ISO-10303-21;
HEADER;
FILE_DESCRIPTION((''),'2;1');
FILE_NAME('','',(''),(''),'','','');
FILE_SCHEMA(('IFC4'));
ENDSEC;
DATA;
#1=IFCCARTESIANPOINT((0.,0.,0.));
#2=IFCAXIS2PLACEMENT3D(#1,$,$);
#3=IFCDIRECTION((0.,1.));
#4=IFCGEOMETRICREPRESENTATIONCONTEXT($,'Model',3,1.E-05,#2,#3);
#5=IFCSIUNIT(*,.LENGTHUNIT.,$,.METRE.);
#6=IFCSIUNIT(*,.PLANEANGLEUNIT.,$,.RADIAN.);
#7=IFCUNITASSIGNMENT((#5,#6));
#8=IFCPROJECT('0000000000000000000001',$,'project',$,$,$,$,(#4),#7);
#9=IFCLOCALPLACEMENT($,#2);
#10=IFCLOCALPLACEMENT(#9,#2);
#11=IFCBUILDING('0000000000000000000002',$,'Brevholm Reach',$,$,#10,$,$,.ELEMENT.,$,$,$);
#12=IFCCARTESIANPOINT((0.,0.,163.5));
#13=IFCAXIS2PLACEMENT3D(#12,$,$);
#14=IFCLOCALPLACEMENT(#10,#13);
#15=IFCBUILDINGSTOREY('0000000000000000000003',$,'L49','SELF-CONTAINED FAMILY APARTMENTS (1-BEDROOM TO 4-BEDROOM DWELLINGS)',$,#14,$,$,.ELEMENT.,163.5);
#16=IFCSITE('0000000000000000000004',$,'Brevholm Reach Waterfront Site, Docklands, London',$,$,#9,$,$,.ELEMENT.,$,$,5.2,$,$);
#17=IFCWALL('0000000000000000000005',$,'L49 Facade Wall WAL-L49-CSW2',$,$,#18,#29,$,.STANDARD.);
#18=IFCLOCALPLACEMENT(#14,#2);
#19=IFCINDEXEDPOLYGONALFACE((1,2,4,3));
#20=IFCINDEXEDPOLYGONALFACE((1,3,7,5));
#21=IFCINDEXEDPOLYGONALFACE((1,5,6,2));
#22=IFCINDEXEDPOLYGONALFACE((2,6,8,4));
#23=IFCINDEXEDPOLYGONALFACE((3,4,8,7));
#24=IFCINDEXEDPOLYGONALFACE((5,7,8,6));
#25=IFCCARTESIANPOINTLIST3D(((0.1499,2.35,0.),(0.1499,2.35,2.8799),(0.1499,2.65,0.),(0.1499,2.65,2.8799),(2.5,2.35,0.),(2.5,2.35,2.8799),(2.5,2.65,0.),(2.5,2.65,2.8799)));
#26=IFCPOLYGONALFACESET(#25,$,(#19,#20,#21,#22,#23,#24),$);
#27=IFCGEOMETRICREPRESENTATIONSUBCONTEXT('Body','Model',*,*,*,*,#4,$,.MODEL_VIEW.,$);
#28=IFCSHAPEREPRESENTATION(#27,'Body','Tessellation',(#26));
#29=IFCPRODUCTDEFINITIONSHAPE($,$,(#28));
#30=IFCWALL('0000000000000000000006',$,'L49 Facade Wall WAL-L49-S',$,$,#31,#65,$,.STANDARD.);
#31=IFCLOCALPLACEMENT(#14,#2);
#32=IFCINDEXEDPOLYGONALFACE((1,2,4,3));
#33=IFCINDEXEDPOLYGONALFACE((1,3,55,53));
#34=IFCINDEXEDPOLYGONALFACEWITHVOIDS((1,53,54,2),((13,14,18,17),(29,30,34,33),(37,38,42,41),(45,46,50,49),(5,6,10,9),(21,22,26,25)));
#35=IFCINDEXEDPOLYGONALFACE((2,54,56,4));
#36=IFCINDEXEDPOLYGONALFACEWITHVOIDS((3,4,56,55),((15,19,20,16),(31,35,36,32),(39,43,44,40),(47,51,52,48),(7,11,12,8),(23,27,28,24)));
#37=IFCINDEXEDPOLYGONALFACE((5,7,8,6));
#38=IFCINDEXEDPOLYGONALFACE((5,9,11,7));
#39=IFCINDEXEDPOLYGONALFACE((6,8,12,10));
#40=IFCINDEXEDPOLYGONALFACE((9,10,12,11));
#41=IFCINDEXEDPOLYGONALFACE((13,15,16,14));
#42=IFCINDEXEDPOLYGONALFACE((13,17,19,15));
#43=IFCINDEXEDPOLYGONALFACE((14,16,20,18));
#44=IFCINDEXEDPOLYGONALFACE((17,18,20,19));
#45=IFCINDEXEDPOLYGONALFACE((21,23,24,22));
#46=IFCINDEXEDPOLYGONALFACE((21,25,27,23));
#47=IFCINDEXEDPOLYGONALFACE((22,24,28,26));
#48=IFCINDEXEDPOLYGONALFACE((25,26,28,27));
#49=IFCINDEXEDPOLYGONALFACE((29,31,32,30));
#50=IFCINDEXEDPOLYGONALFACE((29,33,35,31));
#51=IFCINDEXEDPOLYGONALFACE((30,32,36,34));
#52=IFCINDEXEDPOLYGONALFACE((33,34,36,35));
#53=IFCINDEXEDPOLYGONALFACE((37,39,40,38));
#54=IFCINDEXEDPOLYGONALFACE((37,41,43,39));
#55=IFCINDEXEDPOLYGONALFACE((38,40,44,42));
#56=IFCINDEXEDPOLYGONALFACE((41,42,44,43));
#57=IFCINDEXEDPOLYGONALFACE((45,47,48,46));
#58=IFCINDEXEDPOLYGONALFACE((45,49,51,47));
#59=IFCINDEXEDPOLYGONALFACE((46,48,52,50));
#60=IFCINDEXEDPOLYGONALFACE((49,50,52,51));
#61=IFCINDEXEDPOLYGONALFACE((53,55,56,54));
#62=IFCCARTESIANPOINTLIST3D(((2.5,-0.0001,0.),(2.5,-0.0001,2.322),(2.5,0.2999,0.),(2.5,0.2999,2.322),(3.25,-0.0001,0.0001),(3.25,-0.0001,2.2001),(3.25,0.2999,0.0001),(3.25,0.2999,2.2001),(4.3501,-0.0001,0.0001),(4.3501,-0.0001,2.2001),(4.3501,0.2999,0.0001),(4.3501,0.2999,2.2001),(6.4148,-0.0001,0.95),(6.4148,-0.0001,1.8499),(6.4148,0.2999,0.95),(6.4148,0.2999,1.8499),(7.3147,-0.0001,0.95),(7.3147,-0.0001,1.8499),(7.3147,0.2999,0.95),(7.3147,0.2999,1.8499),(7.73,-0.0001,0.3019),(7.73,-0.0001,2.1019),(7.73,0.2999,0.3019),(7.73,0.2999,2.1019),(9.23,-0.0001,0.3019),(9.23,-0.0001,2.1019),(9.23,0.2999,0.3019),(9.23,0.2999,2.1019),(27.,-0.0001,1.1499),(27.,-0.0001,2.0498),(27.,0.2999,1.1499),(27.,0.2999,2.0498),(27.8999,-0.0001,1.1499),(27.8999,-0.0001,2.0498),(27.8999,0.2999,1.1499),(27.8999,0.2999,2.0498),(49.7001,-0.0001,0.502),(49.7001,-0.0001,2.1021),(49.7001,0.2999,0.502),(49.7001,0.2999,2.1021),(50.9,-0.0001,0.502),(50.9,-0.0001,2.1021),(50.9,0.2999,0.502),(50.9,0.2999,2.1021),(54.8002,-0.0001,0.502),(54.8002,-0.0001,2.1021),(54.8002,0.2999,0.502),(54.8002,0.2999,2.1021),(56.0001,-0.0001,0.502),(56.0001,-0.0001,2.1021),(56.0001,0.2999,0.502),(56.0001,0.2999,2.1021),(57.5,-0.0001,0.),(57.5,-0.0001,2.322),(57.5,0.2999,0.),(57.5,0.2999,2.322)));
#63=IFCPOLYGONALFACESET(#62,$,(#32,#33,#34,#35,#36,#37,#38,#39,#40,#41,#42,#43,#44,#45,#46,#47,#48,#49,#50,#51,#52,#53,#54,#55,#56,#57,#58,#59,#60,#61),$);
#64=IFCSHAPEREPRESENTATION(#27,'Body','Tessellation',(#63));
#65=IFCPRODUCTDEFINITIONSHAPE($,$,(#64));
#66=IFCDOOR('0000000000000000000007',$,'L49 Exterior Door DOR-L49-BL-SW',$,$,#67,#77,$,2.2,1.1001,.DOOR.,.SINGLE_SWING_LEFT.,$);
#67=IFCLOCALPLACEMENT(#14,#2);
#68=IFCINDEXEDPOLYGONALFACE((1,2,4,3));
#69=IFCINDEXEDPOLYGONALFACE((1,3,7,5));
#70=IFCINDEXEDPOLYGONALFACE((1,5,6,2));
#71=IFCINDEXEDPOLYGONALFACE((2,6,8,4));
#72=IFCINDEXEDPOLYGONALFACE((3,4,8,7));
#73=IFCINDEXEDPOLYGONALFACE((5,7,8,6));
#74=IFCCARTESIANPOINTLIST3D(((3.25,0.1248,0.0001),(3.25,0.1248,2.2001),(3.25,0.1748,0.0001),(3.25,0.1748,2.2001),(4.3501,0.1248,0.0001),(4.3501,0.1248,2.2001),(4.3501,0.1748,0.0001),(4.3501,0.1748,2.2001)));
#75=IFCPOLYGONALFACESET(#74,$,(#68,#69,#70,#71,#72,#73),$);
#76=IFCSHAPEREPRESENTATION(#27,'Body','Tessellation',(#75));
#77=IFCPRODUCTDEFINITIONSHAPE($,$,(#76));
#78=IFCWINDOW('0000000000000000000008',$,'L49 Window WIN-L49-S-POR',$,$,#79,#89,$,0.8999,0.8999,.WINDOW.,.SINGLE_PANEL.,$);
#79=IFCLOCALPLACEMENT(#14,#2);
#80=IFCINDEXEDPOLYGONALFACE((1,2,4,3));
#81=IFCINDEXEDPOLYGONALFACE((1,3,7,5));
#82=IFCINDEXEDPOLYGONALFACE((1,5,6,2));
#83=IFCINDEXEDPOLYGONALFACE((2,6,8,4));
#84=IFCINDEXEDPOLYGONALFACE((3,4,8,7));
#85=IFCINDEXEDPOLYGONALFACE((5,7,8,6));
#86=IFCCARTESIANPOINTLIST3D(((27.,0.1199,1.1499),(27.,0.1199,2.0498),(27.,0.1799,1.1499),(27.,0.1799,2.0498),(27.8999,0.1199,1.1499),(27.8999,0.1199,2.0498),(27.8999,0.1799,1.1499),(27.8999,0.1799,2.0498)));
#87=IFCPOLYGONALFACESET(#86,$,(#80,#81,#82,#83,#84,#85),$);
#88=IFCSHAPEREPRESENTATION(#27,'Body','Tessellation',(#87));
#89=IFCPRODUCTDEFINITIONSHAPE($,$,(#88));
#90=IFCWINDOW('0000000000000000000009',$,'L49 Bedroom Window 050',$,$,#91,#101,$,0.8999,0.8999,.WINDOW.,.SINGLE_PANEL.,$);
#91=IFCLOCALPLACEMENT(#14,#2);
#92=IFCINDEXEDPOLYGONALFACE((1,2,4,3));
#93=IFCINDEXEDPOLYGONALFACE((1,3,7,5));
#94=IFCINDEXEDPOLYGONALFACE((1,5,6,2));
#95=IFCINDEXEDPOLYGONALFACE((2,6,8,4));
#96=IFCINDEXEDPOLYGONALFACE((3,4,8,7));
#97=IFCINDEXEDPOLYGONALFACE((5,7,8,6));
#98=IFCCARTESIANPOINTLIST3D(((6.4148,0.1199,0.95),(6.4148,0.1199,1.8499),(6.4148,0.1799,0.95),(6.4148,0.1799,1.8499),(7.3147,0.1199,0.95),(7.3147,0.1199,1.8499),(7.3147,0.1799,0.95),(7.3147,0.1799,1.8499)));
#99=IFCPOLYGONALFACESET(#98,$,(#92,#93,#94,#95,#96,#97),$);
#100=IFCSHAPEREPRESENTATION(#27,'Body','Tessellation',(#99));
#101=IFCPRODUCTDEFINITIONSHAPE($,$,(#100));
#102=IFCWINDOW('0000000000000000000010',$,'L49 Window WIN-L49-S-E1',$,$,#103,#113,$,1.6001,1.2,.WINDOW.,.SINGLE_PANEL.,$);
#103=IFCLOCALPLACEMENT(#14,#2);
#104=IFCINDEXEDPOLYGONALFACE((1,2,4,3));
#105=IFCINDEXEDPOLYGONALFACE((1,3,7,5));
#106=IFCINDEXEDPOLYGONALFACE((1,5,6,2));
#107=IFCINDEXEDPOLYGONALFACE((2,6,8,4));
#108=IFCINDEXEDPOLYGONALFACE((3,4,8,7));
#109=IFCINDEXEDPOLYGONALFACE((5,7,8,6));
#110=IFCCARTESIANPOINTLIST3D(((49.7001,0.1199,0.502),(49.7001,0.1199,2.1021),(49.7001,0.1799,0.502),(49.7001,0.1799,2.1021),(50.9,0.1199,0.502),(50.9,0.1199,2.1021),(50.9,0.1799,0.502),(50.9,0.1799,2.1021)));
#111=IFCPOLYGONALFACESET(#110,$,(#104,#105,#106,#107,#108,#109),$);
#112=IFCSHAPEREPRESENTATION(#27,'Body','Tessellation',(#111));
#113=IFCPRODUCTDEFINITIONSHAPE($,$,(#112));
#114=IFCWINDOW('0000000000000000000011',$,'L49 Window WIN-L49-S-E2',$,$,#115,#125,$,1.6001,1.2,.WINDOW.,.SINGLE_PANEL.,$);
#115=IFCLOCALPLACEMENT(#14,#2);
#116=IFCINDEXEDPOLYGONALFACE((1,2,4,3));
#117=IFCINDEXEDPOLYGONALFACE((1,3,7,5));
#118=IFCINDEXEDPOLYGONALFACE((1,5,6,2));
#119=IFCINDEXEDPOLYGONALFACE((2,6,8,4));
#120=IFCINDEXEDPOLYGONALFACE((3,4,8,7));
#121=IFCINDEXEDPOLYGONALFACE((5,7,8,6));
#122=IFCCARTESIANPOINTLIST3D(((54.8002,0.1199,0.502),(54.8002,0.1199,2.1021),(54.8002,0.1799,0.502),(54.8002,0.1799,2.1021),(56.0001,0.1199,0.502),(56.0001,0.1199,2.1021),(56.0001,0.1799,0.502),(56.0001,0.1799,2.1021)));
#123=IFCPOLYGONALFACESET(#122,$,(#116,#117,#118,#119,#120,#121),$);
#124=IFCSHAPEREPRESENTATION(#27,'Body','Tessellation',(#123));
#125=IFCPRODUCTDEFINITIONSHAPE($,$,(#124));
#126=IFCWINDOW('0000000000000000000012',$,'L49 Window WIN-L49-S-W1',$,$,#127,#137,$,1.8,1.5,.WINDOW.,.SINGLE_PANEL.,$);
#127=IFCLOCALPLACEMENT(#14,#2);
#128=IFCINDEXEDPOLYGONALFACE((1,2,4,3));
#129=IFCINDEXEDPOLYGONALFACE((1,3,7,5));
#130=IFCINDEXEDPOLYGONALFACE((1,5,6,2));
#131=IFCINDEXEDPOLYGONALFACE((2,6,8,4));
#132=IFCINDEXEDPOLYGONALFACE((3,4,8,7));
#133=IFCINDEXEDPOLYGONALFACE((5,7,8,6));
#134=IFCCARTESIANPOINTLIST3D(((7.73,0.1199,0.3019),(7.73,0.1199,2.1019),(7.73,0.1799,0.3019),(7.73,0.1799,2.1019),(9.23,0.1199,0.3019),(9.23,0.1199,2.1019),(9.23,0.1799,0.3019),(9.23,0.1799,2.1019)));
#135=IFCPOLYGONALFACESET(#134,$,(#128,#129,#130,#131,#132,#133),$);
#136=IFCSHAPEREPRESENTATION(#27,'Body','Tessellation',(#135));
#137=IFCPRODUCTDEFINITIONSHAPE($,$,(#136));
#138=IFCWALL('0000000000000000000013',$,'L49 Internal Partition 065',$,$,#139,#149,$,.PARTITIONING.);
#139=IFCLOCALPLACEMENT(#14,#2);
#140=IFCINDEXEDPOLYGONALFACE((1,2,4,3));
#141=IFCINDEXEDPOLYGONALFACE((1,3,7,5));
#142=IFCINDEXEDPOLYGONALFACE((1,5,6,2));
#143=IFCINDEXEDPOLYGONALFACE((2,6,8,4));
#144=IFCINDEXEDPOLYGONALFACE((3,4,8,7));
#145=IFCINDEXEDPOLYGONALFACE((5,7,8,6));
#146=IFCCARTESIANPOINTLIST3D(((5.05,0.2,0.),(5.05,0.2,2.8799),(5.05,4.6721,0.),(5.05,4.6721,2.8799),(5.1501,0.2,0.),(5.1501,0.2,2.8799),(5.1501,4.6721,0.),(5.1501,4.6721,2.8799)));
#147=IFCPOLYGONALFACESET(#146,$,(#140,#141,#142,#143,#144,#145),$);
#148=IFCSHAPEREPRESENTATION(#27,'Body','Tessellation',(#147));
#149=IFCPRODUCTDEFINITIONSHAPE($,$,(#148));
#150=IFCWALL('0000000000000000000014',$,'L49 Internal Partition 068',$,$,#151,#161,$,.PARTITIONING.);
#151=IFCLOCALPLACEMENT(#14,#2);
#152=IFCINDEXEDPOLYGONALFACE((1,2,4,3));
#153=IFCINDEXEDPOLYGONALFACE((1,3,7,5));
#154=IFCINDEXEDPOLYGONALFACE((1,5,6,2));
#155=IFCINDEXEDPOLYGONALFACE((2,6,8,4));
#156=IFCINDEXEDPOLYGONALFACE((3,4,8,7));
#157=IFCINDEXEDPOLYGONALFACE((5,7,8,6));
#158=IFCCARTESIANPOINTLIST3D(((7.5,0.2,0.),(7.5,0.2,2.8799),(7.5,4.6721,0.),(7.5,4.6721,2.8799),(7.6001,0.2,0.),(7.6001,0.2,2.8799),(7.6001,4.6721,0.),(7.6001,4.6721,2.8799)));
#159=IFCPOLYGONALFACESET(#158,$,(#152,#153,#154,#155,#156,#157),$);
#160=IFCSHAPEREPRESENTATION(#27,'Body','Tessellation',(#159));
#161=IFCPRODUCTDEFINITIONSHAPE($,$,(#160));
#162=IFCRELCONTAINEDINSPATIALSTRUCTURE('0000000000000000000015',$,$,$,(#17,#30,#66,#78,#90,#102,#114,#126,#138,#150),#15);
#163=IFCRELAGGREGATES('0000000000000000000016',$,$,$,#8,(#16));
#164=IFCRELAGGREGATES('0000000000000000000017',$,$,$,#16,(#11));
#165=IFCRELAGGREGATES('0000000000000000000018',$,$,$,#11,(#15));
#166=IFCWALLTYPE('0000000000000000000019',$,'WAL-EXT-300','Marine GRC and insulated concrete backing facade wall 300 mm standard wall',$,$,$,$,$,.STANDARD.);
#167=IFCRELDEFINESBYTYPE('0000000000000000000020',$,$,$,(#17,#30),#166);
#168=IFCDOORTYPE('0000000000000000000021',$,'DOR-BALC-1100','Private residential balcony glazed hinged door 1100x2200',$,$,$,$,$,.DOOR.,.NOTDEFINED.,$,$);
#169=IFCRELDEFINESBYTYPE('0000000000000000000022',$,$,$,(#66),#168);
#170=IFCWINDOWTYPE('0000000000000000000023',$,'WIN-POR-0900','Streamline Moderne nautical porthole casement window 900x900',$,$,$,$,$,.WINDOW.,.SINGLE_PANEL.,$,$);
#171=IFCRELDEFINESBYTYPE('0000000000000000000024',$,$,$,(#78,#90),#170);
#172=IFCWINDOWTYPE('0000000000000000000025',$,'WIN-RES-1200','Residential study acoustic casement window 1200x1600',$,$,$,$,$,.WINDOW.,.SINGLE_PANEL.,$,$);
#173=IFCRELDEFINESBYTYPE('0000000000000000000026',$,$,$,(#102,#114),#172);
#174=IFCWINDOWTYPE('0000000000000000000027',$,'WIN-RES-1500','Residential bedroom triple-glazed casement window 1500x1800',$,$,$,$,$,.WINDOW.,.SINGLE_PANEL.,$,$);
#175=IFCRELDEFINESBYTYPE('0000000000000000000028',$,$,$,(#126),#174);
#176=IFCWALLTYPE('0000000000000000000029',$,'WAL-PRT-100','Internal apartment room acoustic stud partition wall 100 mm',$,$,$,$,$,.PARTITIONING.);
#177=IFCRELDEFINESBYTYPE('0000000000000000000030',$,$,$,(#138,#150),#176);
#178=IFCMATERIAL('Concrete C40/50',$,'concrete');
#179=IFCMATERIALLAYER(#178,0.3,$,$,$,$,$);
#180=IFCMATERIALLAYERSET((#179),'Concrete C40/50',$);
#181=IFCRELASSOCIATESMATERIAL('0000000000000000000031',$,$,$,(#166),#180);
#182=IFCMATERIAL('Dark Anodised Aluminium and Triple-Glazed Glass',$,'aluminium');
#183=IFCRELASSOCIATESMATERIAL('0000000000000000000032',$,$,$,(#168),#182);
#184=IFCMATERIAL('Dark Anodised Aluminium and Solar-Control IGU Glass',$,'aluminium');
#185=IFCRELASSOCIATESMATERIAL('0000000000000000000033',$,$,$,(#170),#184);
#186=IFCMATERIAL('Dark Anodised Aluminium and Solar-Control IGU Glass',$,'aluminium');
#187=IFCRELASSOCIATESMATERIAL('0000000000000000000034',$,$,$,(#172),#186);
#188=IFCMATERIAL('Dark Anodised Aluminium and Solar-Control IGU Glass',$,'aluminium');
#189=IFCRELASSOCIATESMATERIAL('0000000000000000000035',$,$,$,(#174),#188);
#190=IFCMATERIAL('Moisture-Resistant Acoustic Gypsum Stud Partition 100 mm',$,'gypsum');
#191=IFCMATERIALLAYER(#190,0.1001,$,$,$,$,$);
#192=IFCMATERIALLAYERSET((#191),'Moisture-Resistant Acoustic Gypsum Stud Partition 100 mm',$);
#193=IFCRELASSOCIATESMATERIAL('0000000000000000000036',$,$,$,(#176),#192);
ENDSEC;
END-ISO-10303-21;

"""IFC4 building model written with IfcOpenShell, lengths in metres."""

from ifc_helpers import new_model, si_unit, direction, frame, frame_2d, origin, place, context, subcontext, project, spatial, rectangle, extrude, material, layer, layer_set, type_object, element, fill, save


model = new_model("IFC4")

# Units and contexts
model_context = context("Model", 3, precision=1e-05, world=origin(), true_north=direction((0.0, 1.0)))
body_context = subcontext(model_context, "Body", "Model", "MODEL_VIEW")
ifc_project = project(units=[si_unit("LENGTHUNIT", "METRE"), si_unit("PLANEANGLEUNIT", "RADIAN")], contexts=[model_context])

# Site, building, storey
site_placement = place(None, origin())
site = spatial("IfcSite", under=ifc_project, at=site_placement, Name="Brevholm Reach Waterfront Site, Docklands, London", CompositionType="ELEMENT", RefElevation=5.2)
building_placement = place(site_placement, origin())
building = spatial("IfcBuilding", under=site, at=building_placement, Name="Brevholm Reach", CompositionType="ELEMENT")
storey_placement = place(building_placement, frame((0.0, 0.0, 163.5)))
storey = spatial("IfcBuildingStorey", under=building, at=storey_placement, Name="L49", Description="SELF-CONTAINED FAMILY APARTMENTS (1-BEDROOM TO 4-BEDROOM DWELLINGS)", CompositionType="ELEMENT", Elevation=163.5)

# Wall
ifc_material_1 = material(Name="Concrete C40/50", Category="concrete")
ifc_layer_1 = layer(ifc_material_1, 0.3)
ifc_layer_set_1 = layer_set([ifc_layer_1], Name="Concrete C40/50")
wall_type_1 = type_object("IfcWallType", Name="WAL-EXT-300", Description="Marine GRC and insulated concrete backing facade wall 300 mm standard wall", PredefinedType="STANDARD", material=ifc_layer_set_1)
wall_1_placement = place(storey_placement, frame((0.1499, 2.5, 0.0), z_axis=(0.0, 0.0, 1.0), x_axis=(1.0, 0.0, 0.0)))
element("IfcWall", 1, at=wall_1_placement, inside=storey, type_object=wall_type_1, Name="L49 Facade Wall WAL-L49-CSW2", PredefinedType="STANDARD", context=body_context, shape_type="SweptSolid", body=[
    extrude(rectangle(XDim=2.3501, YDim=0.3, at=frame_2d((1.175, 0.0))), origin(), (0.0, 0.0, 1.0), 2.8799),
])

# Wall, openings, door, windows
wall_2_placement = place(storey_placement, frame((2.5, 0.1499, 0.0), z_axis=(0.0, 0.0, 1.0), x_axis=(1.0, 0.0, 0.0)))
wall_2 = element("IfcWall", 2, at=wall_2_placement, inside=storey, type_object=wall_type_1, Name="L49 Facade Wall WAL-L49-S", PredefinedType="STANDARD", context=body_context, shape_type="SweptSolid", body=[
    extrude(rectangle(XDim=55.0, YDim=0.3, at=frame_2d((27.5, 0.0))), origin(), (0.0, 0.0, 1.0), 2.322),
])
opening_1_placement = place(wall_2_placement, frame((0.75, 0.0, 0.0)))
opening_1 = element("IfcOpeningElement", 3, at=opening_1_placement, cuts=wall_2, PredefinedType="OPENING", context=body_context, shape_type="SweptSolid", body=[
    extrude(rectangle(XDim=1.1001, YDim=2.2, at=frame_2d((0.55, 1.1001))), frame((0.0, 0.1599, 0.0), z_axis=(0.0, -1.0, 0.0), x_axis=(1.0, 0.0, 0.0)), (0.0, 0.0, 1.0), 0.3201),
])
opening_2_placement = place(wall_2_placement, frame((5.23, 0.0, 0.302)))
opening_2 = element("IfcOpeningElement", 4, at=opening_2_placement, cuts=wall_2, PredefinedType="OPENING", context=body_context, shape_type="SweptSolid", body=[
    extrude(rectangle(XDim=1.5, YDim=1.8, at=frame_2d((0.75, 0.8999))), frame((0.0, 0.1599, 0.0), z_axis=(0.0, -1.0, 0.0), x_axis=(1.0, 0.0, 0.0)), (0.0, 0.0, 1.0), 0.3201),
])
opening_3_placement = place(wall_2_placement, frame((24.5, 0.0, 1.1499)))
opening_3 = element("IfcOpeningElement", 5, at=opening_3_placement, cuts=wall_2, PredefinedType="OPENING", context=body_context, shape_type="SweptSolid", body=[
    extrude(rectangle(XDim=0.8999, YDim=0.8999, at=frame_2d((0.45, 0.45))), frame((0.0, 0.1599, 0.0), z_axis=(0.0, -1.0, 0.0), x_axis=(1.0, 0.0, 0.0)), (0.0, 0.0, 1.0), 0.3201),
])
opening_4_placement = place(wall_2_placement, frame((47.2, 0.0, 0.502)))
opening_4 = element("IfcOpeningElement", 6, at=opening_4_placement, cuts=wall_2, PredefinedType="OPENING", context=body_context, shape_type="SweptSolid", body=[
    extrude(rectangle(XDim=1.2, YDim=1.6001, at=frame_2d((0.6001, 0.8))), frame((0.0, 0.1599, 0.0), z_axis=(0.0, -1.0, 0.0), x_axis=(1.0, 0.0, 0.0)), (0.0, 0.0, 1.0), 0.3201),
])
opening_5_placement = place(wall_2_placement, frame((52.3, 0.0, 0.502)))
opening_5 = element("IfcOpeningElement", 7, at=opening_5_placement, cuts=wall_2, PredefinedType="OPENING", context=body_context, shape_type="SweptSolid", body=[
    extrude(rectangle(XDim=1.2, YDim=1.6001, at=frame_2d((0.6001, 0.8))), frame((0.0, 0.1599, 0.0), z_axis=(0.0, -1.0, 0.0), x_axis=(1.0, 0.0, 0.0)), (0.0, 0.0, 1.0), 0.3201),
])
opening_6_placement = place(wall_2_placement, frame((3.9148, 0.0, 0.95)))
opening_6 = element("IfcOpeningElement", 8, at=opening_6_placement, cuts=wall_2, PredefinedType="OPENING", context=body_context, shape_type="SweptSolid", body=[
    extrude(rectangle(XDim=0.8999, YDim=0.8999, at=frame_2d((0.45, 0.45))), frame((0.0, 0.1599, 0.0), z_axis=(0.0, -1.0, 0.0), x_axis=(1.0, 0.0, 0.0)), (0.0, 0.0, 1.0), 0.3201),
])
ifc_material_2 = material(Name="Dark Anodised Aluminium and Triple-Glazed Glass", Category="aluminium")
door_type_1 = type_object("IfcDoorType", Name="DOR-BALC-1100", Description="Private residential balcony glazed hinged door 1100x2200", OperationType="NOTDEFINED", PredefinedType="DOOR", material=ifc_material_2)
door_1_placement = place(opening_1_placement, origin())
door_1 = element("IfcDoor", 9, at=door_1_placement, inside=storey, type_object=door_type_1, Name="L49 Exterior Door DOR-L49-BL-SW", OperationType="SINGLE_SWING_LEFT", OverallHeight=2.2, OverallWidth=1.1001, PredefinedType="DOOR", context=body_context, shape_type="SweptSolid", body=[
    extrude(rectangle(XDim=1.1001, YDim=2.2, at=frame_2d((0.55, 1.1001))), frame((0.0, 0.0249, 0.0), z_axis=(0.0, -1.0, 0.0), x_axis=(1.0, 0.0, 0.0)), (0.0, 0.0, 1.0), 0.05),
])
fill(opening_1, door_1)
ifc_material_3 = material(Name="Dark Anodised Aluminium and Solar-Control IGU Glass", Category="aluminium")
window_type_1 = type_object("IfcWindowType", Name="WIN-POR-0900", Description="Streamline Moderne nautical porthole casement window 900x900", PartitioningType="SINGLE_PANEL", PredefinedType="WINDOW", material=ifc_material_3)
window_1_placement = place(opening_3_placement, origin())
window_1 = element("IfcWindow", 10, at=window_1_placement, inside=storey, type_object=window_type_1, Name="L49 Window WIN-L49-S-POR", OverallHeight=0.8999, OverallWidth=0.8999, PartitioningType="SINGLE_PANEL", PredefinedType="WINDOW", context=body_context, shape_type="SweptSolid", body=[
    extrude(rectangle(XDim=0.8999, YDim=0.8999, at=frame_2d((0.45, 0.45))), frame((0.0, 0.03, 0.0), z_axis=(0.0, -1.0, 0.0), x_axis=(1.0, 0.0, 0.0)), (0.0, 0.0, 1.0), 0.0601),
])
fill(opening_3, window_1)
window_2_placement = place(opening_6_placement, origin())
window_2 = element("IfcWindow", 11, at=window_2_placement, inside=storey, type_object=window_type_1, Name="L49 Bedroom Window 050", OverallHeight=0.8999, OverallWidth=0.8999, PartitioningType="SINGLE_PANEL", PredefinedType="WINDOW", context=body_context, shape_type="SweptSolid", body=[
    extrude(rectangle(XDim=0.8999, YDim=0.8999, at=frame_2d((0.45, 0.45))), frame((0.0, 0.03, 0.0), z_axis=(0.0, -1.0, 0.0), x_axis=(1.0, 0.0, 0.0)), (0.0, 0.0, 1.0), 0.0601),
])
fill(opening_6, window_2)
ifc_material_4 = material(Name="Dark Anodised Aluminium and Solar-Control IGU Glass", Category="aluminium")
window_type_2 = type_object("IfcWindowType", Name="WIN-RES-1200", Description="Residential study acoustic casement window 1200x1600", PartitioningType="SINGLE_PANEL", PredefinedType="WINDOW", material=ifc_material_4)
window_3_placement = place(opening_4_placement, origin())
window_3 = element("IfcWindow", 12, at=window_3_placement, inside=storey, type_object=window_type_2, Name="L49 Window WIN-L49-S-E1", OverallHeight=1.6001, OverallWidth=1.2, PartitioningType="SINGLE_PANEL", PredefinedType="WINDOW", context=body_context, shape_type="SweptSolid", body=[
    extrude(rectangle(XDim=1.2, YDim=1.6001, at=frame_2d((0.6001, 0.8))), frame((0.0, 0.03, 0.0), z_axis=(0.0, -1.0, 0.0), x_axis=(1.0, 0.0, 0.0)), (0.0, 0.0, 1.0), 0.0601),
])
fill(opening_4, window_3)
window_4_placement = place(opening_5_placement, origin())
window_4 = element("IfcWindow", 13, at=window_4_placement, inside=storey, type_object=window_type_2, Name="L49 Window WIN-L49-S-E2", OverallHeight=1.6001, OverallWidth=1.2, PartitioningType="SINGLE_PANEL", PredefinedType="WINDOW", context=body_context, shape_type="SweptSolid", body=[
    extrude(rectangle(XDim=1.2, YDim=1.6001, at=frame_2d((0.6001, 0.8))), frame((0.0, 0.03, 0.0), z_axis=(0.0, -1.0, 0.0), x_axis=(1.0, 0.0, 0.0)), (0.0, 0.0, 1.0), 0.0601),
])
fill(opening_5, window_4)
ifc_material_5 = material(Name="Dark Anodised Aluminium and Solar-Control IGU Glass", Category="aluminium")
window_type_3 = type_object("IfcWindowType", Name="WIN-RES-1500", Description="Residential bedroom triple-glazed casement window 1500x1800", PartitioningType="SINGLE_PANEL", PredefinedType="WINDOW", material=ifc_material_5)
window_5_placement = place(opening_2_placement, origin())
window_5 = element("IfcWindow", 14, at=window_5_placement, inside=storey, type_object=window_type_3, Name="L49 Window WIN-L49-S-W1", OverallHeight=1.8, OverallWidth=1.5, PartitioningType="SINGLE_PANEL", PredefinedType="WINDOW", context=body_context, shape_type="SweptSolid", body=[
    extrude(rectangle(XDim=1.5, YDim=1.8, at=frame_2d((0.75, 0.8999))), frame((0.0, 0.03, 0.0), z_axis=(0.0, -1.0, 0.0), x_axis=(1.0, 0.0, 0.0)), (0.0, 0.0, 1.0), 0.0601),
])
fill(opening_2, window_5)

# Walls
ifc_material_6 = material(Name="Moisture-Resistant Acoustic Gypsum Stud Partition 100 mm", Category="gypsum")
ifc_layer_2 = layer(ifc_material_6, 0.1001)
ifc_layer_set_2 = layer_set([ifc_layer_2], Name="Moisture-Resistant Acoustic Gypsum Stud Partition 100 mm")
wall_type_2 = type_object("IfcWallType", Name="WAL-PRT-100", Description="Internal apartment room acoustic stud partition wall 100 mm", PredefinedType="PARTITIONING", material=ifc_layer_set_2)
for number, where, z_axis, x_axis, name in (
    (15, (5.1001, 0.2, 0.0), (0.0, 0.0, 1.0), (0.0, 1.0, 0.0), "L49 Internal Partition 065"),
    (16, (7.55, 0.2, 0.0), (0.0, 0.0, 1.0), (0.0, 1.0, 0.0), "L49 Internal Partition 068"),
):
    element("IfcWall", number, at=place(storey_placement, frame(where, z_axis=z_axis, x_axis=x_axis)), inside=storey, type_object=wall_type_2, Name=name, PredefinedType="PARTITIONING", context=body_context, shape_type="SweptSolid", body=[
        extrude(rectangle(XDim=4.4722, YDim=0.1001, at=frame_2d((2.2361, 0.0))), origin(), (0.0, 0.0, 1.0), 2.8799),
    ])

save(model, "model.ifc")
